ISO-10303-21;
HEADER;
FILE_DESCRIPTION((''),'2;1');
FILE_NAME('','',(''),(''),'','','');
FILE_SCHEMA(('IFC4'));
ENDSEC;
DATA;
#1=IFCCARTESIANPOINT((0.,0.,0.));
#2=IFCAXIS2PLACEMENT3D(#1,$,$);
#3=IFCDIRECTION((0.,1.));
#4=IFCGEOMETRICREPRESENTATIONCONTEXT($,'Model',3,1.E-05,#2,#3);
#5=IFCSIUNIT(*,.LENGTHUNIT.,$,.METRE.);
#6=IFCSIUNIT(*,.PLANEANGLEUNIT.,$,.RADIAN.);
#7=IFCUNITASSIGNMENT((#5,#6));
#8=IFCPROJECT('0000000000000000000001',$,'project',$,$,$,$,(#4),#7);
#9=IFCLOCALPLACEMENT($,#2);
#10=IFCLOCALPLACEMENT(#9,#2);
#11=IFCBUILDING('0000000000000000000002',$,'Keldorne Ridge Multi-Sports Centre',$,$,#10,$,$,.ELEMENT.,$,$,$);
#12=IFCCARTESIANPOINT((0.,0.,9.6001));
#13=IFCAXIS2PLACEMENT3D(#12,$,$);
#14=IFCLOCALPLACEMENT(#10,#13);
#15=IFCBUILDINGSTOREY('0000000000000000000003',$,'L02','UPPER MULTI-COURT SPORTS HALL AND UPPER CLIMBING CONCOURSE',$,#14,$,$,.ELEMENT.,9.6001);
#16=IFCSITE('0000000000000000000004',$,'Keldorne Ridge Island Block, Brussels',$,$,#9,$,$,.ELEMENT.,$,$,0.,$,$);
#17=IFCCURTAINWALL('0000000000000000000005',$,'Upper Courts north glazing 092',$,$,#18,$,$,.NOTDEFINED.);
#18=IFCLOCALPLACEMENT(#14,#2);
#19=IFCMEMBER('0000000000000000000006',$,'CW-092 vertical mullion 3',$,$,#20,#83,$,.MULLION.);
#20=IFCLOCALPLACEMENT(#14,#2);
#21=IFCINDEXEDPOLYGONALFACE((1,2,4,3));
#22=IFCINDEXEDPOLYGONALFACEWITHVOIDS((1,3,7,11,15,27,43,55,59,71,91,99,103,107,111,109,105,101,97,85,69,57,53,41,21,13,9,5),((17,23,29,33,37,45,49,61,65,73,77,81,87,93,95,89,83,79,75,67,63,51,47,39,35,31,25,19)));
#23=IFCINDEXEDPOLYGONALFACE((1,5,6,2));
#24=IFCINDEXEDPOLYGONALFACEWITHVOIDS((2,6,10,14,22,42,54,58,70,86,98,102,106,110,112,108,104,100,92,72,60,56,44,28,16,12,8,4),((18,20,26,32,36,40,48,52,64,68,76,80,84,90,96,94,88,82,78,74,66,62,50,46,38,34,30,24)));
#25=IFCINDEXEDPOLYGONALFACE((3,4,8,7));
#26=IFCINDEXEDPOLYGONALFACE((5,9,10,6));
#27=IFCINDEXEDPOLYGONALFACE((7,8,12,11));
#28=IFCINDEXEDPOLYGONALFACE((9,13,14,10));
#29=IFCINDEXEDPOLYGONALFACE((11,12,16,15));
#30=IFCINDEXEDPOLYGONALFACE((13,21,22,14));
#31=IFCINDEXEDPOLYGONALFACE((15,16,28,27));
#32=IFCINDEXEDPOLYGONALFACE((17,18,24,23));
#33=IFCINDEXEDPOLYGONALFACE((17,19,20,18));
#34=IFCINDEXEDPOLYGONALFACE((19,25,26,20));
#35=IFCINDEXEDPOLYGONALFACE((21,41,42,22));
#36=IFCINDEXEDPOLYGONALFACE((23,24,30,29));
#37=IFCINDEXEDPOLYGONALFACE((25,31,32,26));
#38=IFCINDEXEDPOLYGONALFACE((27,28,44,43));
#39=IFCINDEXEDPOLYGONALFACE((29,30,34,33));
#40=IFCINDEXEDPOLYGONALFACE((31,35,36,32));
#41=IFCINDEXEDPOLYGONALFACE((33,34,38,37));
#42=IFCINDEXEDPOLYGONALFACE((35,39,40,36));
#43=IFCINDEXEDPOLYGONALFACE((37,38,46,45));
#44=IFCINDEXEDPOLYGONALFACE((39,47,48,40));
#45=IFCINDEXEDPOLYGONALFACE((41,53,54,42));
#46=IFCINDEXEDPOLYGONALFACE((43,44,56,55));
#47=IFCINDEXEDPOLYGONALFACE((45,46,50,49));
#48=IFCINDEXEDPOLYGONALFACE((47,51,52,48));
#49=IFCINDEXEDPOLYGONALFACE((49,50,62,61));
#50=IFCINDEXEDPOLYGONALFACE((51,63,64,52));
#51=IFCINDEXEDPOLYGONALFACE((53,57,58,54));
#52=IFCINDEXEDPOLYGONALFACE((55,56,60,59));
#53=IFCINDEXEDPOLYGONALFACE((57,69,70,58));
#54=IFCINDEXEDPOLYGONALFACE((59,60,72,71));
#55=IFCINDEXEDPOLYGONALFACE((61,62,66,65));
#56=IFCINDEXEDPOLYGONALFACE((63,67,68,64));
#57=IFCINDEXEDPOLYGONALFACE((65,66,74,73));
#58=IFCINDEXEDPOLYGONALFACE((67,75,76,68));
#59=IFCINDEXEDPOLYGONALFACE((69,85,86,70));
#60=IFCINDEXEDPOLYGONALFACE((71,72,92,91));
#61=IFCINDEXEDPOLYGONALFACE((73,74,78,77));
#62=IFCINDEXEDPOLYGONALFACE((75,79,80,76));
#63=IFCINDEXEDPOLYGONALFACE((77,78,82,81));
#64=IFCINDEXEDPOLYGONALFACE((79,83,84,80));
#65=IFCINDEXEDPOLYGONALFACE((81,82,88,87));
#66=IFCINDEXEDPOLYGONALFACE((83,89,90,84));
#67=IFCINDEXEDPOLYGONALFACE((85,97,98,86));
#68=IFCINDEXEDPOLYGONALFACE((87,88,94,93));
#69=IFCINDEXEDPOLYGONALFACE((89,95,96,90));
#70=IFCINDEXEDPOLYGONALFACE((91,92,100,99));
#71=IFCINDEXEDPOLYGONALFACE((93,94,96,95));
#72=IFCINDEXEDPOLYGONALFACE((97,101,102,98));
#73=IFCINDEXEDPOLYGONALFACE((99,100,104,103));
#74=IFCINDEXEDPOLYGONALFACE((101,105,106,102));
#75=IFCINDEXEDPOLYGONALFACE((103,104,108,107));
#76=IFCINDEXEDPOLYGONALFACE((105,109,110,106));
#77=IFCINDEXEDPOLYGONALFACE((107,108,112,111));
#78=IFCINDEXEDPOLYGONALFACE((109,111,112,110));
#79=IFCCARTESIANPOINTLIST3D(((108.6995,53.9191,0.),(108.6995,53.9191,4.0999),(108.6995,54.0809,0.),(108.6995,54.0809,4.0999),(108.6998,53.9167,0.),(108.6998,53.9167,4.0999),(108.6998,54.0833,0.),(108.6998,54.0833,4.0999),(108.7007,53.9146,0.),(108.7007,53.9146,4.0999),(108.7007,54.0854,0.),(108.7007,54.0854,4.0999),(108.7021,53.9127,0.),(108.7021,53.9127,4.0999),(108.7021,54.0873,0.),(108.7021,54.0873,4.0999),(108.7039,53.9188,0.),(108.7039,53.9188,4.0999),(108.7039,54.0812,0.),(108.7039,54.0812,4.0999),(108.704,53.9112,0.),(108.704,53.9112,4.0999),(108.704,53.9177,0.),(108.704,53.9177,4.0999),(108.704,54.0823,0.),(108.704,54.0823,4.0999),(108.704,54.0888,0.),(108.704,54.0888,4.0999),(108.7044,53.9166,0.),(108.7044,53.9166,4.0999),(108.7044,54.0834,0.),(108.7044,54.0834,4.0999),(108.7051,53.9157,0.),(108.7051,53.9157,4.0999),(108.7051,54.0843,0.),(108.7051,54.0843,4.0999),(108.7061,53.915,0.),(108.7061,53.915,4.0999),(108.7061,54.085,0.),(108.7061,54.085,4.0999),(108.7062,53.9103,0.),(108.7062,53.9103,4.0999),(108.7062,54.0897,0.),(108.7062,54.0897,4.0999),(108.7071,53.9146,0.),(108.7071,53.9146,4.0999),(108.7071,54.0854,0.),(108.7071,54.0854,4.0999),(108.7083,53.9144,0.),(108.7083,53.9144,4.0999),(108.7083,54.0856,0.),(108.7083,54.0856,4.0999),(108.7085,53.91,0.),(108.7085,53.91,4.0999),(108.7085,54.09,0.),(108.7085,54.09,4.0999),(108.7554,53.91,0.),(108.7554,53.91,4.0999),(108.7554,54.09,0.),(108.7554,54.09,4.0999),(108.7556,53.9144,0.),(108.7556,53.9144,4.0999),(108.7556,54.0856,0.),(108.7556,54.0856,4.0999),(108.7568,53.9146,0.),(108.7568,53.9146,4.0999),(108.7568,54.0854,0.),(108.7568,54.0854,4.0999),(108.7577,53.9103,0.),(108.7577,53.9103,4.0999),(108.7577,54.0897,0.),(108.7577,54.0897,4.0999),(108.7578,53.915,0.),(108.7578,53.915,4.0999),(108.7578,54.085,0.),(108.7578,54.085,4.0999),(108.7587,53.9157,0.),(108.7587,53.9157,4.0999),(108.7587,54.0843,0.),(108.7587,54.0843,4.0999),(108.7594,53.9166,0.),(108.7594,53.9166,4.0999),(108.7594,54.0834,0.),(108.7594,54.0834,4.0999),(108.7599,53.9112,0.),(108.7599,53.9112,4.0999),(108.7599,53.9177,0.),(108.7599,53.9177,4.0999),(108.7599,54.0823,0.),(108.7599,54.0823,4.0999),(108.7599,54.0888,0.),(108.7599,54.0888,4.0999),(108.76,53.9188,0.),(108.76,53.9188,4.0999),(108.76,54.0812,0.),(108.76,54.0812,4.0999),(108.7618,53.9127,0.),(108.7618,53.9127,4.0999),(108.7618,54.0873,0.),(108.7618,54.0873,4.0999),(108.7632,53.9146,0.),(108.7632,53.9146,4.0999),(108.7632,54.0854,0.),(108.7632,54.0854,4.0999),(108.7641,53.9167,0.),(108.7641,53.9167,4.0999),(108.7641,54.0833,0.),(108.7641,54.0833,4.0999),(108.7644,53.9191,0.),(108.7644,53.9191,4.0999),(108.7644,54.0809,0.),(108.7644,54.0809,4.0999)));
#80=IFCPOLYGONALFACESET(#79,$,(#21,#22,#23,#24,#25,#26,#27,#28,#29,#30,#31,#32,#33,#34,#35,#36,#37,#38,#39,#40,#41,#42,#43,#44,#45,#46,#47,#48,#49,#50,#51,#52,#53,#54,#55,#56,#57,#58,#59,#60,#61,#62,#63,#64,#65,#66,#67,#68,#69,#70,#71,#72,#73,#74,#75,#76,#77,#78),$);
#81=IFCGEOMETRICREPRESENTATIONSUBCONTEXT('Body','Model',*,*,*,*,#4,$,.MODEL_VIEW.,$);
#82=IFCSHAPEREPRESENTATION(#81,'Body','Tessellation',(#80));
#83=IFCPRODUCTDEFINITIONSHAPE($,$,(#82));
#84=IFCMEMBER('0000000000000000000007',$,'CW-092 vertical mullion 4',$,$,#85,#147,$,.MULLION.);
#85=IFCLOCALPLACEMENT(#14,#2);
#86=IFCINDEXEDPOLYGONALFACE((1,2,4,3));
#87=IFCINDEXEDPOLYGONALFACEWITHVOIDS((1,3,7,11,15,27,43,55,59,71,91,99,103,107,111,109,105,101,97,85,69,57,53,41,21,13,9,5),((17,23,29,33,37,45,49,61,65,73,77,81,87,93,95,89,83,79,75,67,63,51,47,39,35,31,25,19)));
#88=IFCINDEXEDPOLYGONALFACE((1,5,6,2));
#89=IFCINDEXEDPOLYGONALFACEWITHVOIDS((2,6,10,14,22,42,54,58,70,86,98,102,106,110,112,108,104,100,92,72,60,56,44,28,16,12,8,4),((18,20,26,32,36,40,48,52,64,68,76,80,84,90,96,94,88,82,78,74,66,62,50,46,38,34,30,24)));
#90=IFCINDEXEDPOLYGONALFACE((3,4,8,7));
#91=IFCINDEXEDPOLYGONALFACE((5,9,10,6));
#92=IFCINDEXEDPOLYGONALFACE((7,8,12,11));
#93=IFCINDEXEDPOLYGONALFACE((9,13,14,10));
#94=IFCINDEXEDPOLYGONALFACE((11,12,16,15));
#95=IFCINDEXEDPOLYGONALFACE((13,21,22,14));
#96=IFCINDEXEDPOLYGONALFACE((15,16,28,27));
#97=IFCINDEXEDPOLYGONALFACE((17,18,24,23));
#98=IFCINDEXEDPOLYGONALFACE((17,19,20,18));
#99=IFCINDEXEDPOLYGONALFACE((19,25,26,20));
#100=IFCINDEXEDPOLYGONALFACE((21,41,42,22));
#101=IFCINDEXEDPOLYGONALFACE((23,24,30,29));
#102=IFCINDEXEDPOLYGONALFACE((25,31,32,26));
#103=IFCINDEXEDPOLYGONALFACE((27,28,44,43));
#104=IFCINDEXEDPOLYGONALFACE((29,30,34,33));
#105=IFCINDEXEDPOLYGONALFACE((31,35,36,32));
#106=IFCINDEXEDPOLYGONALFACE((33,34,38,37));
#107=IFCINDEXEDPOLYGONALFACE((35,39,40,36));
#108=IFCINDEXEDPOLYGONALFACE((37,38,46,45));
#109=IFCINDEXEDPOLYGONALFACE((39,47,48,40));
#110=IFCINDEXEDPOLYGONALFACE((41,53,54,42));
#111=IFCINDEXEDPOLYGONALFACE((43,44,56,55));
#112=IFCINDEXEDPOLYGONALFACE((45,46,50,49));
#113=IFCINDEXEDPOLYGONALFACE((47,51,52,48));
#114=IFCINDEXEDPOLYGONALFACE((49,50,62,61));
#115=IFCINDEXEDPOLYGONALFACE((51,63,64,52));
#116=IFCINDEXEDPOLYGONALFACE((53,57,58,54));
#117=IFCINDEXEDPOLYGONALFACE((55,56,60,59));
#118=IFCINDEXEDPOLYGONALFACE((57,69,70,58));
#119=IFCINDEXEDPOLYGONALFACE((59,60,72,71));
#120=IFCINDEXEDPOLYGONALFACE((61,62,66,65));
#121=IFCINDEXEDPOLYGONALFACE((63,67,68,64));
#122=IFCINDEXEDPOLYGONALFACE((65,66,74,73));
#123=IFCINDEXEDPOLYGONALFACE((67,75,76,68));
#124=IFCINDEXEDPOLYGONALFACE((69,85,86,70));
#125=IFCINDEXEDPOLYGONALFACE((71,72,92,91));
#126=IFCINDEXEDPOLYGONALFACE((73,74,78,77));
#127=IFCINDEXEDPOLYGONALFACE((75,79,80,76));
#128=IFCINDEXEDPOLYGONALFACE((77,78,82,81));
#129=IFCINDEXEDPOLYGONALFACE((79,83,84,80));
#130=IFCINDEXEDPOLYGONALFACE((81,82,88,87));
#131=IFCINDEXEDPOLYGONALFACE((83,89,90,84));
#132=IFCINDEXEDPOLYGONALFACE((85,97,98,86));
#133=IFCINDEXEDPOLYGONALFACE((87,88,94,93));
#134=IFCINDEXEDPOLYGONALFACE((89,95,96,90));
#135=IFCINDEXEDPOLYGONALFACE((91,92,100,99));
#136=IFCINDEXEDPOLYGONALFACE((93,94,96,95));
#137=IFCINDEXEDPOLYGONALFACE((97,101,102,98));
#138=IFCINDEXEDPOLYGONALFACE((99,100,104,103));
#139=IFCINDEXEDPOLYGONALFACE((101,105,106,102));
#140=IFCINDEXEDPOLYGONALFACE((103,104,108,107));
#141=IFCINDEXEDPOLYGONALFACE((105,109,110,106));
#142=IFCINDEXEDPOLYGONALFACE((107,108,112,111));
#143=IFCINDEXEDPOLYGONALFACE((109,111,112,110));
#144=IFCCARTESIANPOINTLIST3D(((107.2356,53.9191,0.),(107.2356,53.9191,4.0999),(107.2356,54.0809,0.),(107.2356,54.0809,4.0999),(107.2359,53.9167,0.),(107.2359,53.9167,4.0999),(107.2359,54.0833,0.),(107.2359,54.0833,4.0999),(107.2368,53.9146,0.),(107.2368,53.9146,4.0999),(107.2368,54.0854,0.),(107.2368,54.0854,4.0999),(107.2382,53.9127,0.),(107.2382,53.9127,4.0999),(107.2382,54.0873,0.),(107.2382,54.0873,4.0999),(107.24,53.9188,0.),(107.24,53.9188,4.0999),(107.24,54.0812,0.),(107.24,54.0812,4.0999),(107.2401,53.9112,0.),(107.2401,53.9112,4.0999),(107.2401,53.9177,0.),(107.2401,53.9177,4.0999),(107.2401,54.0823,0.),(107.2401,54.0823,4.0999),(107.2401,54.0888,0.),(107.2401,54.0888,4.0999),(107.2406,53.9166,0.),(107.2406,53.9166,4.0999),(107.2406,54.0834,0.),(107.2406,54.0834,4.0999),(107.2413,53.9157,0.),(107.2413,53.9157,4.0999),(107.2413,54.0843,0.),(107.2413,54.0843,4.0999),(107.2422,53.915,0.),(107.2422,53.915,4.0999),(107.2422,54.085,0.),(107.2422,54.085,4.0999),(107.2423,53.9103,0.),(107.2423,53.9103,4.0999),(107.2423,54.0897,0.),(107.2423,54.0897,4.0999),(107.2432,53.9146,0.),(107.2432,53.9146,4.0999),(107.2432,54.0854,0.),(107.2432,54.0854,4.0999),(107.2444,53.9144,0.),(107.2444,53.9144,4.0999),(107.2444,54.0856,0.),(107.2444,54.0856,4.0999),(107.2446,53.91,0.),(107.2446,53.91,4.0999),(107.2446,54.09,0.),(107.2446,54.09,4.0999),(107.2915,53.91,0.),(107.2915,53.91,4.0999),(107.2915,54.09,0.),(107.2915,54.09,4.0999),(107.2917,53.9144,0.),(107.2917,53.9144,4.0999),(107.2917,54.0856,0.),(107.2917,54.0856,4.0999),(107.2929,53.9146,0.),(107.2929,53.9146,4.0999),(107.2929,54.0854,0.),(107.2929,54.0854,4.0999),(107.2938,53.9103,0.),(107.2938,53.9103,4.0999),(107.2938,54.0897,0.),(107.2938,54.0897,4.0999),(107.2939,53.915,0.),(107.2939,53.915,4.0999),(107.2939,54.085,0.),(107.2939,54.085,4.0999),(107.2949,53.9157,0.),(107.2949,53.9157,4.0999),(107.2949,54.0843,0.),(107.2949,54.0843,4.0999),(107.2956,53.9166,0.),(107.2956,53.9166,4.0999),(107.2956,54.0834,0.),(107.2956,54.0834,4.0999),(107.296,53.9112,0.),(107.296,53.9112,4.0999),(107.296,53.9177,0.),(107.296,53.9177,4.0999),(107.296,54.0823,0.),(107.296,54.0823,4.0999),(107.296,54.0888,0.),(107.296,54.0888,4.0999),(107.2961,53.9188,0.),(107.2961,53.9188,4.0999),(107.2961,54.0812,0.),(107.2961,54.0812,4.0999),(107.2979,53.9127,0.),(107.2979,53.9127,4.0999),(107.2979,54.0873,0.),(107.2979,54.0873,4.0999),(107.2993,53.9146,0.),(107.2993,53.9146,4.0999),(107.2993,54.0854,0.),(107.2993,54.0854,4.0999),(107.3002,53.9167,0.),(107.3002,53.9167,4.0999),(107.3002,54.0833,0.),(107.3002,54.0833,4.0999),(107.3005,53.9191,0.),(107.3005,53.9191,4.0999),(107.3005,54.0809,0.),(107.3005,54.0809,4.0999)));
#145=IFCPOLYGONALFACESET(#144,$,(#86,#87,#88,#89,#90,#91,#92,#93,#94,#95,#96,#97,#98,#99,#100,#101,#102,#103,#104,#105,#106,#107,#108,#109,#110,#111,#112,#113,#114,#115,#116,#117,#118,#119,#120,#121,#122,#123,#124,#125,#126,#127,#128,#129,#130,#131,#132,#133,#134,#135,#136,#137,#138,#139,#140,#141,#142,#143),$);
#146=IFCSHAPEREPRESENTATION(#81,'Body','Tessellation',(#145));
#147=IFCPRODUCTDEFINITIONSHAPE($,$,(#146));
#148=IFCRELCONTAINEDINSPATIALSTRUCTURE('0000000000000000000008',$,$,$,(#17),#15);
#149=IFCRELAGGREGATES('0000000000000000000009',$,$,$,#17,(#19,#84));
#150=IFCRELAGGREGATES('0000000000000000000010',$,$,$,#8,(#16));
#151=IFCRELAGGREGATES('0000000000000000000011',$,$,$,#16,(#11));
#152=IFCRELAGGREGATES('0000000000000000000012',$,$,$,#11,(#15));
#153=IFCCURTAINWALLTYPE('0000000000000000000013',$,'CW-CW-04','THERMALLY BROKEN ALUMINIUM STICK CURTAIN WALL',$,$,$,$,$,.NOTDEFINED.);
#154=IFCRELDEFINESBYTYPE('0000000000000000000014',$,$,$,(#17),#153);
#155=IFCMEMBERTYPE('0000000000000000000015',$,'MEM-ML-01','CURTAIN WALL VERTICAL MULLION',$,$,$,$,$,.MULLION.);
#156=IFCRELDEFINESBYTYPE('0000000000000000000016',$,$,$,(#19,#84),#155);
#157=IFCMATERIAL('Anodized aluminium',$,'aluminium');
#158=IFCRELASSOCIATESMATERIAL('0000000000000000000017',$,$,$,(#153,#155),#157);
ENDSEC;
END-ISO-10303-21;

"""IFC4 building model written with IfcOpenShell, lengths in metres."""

from ifc_helpers import new_model, si_unit, direction, frame, origin, origin_2d, place, context, subcontext, project, spatial, hollow_rectangle, extrude, material, material_profile, profile_set, type_object, element, aggregate, save


model = new_model("IFC4")

# Units and contexts
model_context = context("Model", 3, precision=1e-05, world=origin(), true_north=direction((0.0, 1.0)))
body_context = subcontext(model_context, "Body", "Model", "MODEL_VIEW")
ifc_project = project(units=[si_unit("LENGTHUNIT", "METRE"), si_unit("PLANEANGLEUNIT", "RADIAN")], contexts=[model_context])

# Site, building, storey
site_placement = place(None, origin())
site = spatial("IfcSite", under=ifc_project, at=site_placement, Name="Keldorne Ridge Island Block, Brussels", CompositionType="ELEMENT", RefElevation=0.0)
building_placement = place(site_placement, origin())
building = spatial("IfcBuilding", under=site, at=building_placement, Name="Keldorne Ridge Multi-Sports Centre", CompositionType="ELEMENT")
storey_placement = place(building_placement, frame((0.0, 0.0, 9.6001)))
storey = spatial("IfcBuildingStorey", under=building, at=storey_placement, Name="L02", Description="UPPER MULTI-COURT SPORTS HALL AND UPPER CLIMBING CONCOURSE", CompositionType="ELEMENT", Elevation=9.6001)

# Curtain wall, members
ifc_material_1 = material(Name="Anodized aluminium", Category="aluminium")
curtain_wall_type = type_object("IfcCurtainWallType", Name="CW-CW-04", Description="THERMALLY BROKEN ALUMINIUM STICK CURTAIN WALL", PredefinedType="NOTDEFINED", material=ifc_material_1)
curtain_wall_placement = place(storey_placement, origin())
curtain_wall = element("IfcCurtainWall", 1, at=curtain_wall_placement, inside=storey, type_object=curtain_wall_type, Name="Upper Courts north glazing 092", PredefinedType="NOTDEFINED")
ifc_material_profile_1 = material_profile(ifc_material_1, hollow_rectangle(XDim=0.0649, YDim=0.1799, WallThickness=0.0044, InnerFilletRadius=0.0044, OuterFilletRadius=0.009, at=origin_2d()), Name="ALU MULLION 180x65x4.5")
ifc_profile_set_1 = profile_set([ifc_material_profile_1], Name="Anodized aluminium")
member_type_1 = type_object("IfcMemberType", Name="MEM-ML-01", Description="CURTAIN WALL VERTICAL MULLION", PredefinedType="MULLION", material=ifc_profile_set_1)
member_1_placement = place(storey_placement, frame((108.7319, 54.0, 0.0), z_axis=(0.0, 0.0, 1.0), x_axis=(1.0, 0.0, 0.0)))
member_1 = element("IfcMember", 2, at=member_1_placement, type_object=member_type_1, Name="CW-092 vertical mullion 3", PredefinedType="MULLION", context=body_context, shape_type="SweptSolid", body=[
    extrude(hollow_rectangle(XDim=0.0649, YDim=0.1799, WallThickness=0.0044, InnerFilletRadius=0.0044, OuterFilletRadius=0.009, at=origin_2d()), origin(), (0.0, 0.0, 1.0), 4.0999),
])
member_2_placement = place(storey_placement, frame((107.2681, 54.0, 0.0), z_axis=(0.0, 0.0, 1.0), x_axis=(1.0, 0.0, 0.0)))
member_2 = element("IfcMember", 3, at=member_2_placement, type_object=member_type_1, Name="CW-092 vertical mullion 4", PredefinedType="MULLION", context=body_context, shape_type="SweptSolid", body=[
    extrude(hollow_rectangle(XDim=0.0649, YDim=0.1799, WallThickness=0.0044, InnerFilletRadius=0.0044, OuterFilletRadius=0.009, at=origin_2d()), origin(), (0.0, 0.0, 1.0), 4.0999),
])
aggregate(curtain_wall, [member_1, member_2])

save(model, "model.ifc")
